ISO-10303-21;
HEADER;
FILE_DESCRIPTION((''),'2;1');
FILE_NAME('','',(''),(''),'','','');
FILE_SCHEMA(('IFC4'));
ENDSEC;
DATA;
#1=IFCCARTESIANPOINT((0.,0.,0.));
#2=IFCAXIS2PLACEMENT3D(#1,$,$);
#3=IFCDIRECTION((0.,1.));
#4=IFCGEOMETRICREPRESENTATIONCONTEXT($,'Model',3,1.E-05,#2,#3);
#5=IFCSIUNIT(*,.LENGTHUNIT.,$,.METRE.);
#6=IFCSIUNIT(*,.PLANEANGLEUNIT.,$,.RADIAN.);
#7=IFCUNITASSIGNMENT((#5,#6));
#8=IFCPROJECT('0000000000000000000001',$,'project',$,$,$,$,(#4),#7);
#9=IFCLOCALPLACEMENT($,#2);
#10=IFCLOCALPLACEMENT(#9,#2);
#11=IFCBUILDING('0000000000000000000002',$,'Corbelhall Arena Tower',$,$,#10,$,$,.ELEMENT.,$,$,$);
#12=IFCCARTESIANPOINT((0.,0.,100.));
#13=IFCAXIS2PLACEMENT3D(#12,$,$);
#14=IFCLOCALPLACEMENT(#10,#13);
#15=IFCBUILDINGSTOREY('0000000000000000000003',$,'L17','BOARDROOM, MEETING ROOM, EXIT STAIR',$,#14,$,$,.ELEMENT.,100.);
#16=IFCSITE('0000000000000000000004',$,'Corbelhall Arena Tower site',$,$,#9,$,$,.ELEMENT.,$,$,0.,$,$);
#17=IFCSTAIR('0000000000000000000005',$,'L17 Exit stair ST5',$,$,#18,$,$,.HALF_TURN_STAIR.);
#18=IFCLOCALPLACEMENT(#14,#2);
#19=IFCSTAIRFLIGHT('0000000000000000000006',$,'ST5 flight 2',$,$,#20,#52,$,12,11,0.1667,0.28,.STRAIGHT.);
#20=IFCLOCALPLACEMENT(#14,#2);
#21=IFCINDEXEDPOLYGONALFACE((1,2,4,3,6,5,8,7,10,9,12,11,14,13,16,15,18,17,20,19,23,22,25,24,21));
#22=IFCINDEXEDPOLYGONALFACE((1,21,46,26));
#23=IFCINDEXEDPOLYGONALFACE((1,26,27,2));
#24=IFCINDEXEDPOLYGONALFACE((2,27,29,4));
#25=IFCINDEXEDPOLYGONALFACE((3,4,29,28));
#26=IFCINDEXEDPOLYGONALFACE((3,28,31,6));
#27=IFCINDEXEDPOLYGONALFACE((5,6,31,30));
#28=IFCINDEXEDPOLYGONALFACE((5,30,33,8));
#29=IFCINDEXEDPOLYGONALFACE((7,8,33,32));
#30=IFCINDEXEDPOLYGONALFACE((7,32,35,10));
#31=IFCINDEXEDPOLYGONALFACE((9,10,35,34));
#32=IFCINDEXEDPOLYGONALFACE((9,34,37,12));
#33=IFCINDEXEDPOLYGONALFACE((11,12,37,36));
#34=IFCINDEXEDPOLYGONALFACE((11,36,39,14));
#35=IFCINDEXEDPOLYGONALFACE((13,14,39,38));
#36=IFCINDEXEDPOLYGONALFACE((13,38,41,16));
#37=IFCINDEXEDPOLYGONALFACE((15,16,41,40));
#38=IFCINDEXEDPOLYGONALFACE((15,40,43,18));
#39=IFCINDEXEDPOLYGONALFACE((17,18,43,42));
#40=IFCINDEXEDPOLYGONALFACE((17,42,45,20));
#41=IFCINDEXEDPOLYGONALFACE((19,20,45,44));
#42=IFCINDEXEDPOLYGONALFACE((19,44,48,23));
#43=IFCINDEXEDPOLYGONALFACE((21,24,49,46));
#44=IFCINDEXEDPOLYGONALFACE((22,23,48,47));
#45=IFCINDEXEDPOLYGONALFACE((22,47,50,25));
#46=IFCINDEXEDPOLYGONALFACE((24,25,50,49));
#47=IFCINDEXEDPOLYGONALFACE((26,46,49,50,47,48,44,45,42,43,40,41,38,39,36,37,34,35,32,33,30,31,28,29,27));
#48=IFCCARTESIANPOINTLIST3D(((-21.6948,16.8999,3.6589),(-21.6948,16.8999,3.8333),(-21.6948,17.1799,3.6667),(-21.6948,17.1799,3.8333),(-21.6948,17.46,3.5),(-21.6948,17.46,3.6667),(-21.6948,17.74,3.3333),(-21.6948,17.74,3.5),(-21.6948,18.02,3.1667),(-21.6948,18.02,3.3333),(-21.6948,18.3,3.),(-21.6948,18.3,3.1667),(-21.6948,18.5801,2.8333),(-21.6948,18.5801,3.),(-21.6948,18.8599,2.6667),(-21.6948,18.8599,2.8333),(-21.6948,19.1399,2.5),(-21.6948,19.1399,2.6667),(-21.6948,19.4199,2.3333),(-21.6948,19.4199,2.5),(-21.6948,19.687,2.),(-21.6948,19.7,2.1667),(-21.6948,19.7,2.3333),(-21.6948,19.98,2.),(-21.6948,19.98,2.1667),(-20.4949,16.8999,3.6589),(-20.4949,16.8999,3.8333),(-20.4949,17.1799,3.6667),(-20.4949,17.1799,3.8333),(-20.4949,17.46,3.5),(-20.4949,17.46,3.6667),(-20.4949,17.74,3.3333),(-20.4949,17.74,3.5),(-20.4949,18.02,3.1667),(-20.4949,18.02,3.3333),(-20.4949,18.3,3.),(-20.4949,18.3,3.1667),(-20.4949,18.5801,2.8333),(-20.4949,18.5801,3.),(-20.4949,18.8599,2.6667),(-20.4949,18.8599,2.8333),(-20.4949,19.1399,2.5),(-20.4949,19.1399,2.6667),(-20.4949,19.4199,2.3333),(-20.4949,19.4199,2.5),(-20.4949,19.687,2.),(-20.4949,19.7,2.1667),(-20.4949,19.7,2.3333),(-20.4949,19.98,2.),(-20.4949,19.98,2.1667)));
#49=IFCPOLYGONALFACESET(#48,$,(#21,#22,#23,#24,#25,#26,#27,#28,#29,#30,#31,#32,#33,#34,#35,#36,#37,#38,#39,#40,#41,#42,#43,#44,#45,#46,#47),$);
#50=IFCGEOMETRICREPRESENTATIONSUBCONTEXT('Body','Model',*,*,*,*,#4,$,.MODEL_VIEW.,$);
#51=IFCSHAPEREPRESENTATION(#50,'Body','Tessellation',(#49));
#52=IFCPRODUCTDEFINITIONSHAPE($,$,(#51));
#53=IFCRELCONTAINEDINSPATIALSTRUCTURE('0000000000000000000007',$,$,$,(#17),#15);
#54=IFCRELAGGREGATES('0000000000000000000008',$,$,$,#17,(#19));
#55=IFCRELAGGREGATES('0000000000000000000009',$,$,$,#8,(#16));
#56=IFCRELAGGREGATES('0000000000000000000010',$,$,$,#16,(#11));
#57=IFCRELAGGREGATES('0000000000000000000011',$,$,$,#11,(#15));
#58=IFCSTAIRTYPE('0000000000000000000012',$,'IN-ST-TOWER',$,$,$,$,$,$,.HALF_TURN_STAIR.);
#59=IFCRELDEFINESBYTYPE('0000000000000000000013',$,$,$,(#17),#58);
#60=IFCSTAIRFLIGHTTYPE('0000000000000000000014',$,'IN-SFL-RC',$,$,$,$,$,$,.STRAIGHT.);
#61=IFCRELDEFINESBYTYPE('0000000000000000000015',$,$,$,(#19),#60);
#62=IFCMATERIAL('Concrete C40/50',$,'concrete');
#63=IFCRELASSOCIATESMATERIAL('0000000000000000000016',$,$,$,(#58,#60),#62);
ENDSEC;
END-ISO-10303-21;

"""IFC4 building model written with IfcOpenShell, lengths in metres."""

from ifc_helpers import new_model, si_unit, direction, frame, origin, place, context, subcontext, project, spatial, polyline, outline, extrude, material, type_object, element, aggregate, save


model = new_model("IFC4")

# Units and contexts
model_context = context("Model", 3, precision=1e-05, world=origin(), true_north=direction((0.0, 1.0)))
body_context = subcontext(model_context, "Body", "Model", "MODEL_VIEW")
ifc_project = project(units=[si_unit("LENGTHUNIT", "METRE"), si_unit("PLANEANGLEUNIT", "RADIAN")], contexts=[model_context])

# Site, building, storey
site_placement = place(None, origin())
site = spatial("IfcSite", under=ifc_project, at=site_placement, Name="Corbelhall Arena Tower site", CompositionType="ELEMENT", RefElevation=0.0)
building_placement = place(site_placement, origin())
building = spatial("IfcBuilding", under=site, at=building_placement, Name="Corbelhall Arena Tower", CompositionType="ELEMENT")
storey_placement = place(building_placement, frame((0.0, 0.0, 100.0)))
storey = spatial("IfcBuildingStorey", under=building, at=storey_placement, Name="L17", Description="BOARDROOM, MEETING ROOM, EXIT STAIR", CompositionType="ELEMENT", Elevation=100.0)

# Shared definitions
ifc_material_1 = material(Name="Concrete C40/50", Category="concrete")

# Stair, stair flight
stair_type = type_object("IfcStairType", Name="IN-ST-TOWER", PredefinedType="HALF_TURN_STAIR", material=ifc_material_1)
stair_placement = place(storey_placement, origin())
stair = element("IfcStair", 1, at=stair_placement, inside=storey, type_object=stair_type, Name="L17 Exit stair ST5", PredefinedType="HALF_TURN_STAIR")
stair_flight_type = type_object("IfcStairFlightType", Name="IN-SFL-RC", PredefinedType="STRAIGHT", material=ifc_material_1)
stair_flight_placement = place(storey_placement, frame((-21.095, 19.98, 2.0), z_axis=(0.0, 0.0, 1.0), x_axis=(0.0, -1.0, 0.0)))
stair_flight = element("IfcStairFlight", 2, at=stair_flight_placement, type_object=stair_flight_type, Name="ST5 flight 2", NumberOfRisers=12, NumberOfTreads=11, PredefinedType="STRAIGHT", RiserHeight=0.1667, TreadLength=0.28, context=body_context, shape_type="SweptSolid", body=[
    extrude(outline(polyline([(0.0, 0.0), (0.0, 0.1667), (0.28, 0.1667), (0.28, 0.3333), (0.5601, 0.3333), (0.5601, 0.5), (0.8401, 0.5), (0.8401, 0.6667), (1.1201, 0.6667), (1.1201, 0.8333), (1.3999, 0.8333), (1.3999, 1.0), (1.6799, 1.0), (1.6799, 1.1667), (1.96, 1.1667), (1.96, 1.3333), (2.24, 1.3333), (2.24, 1.5), (2.52, 1.5), (2.52, 1.6667), (2.8, 1.6667), (2.8, 1.8333), (3.0801, 1.8333), (3.0801, 2.0), (3.0801, 1.6589), (0.293, 0.0), (0.0, 0.0)])), frame((0.0, 0.6001, 0.0), z_axis=(0.0, -1.0, 0.0), x_axis=(1.0, 0.0, 0.0)), (0.0, 0.0, 1.0), 1.2),
])
aggregate(stair, [stair_flight])

save(model, "model.ifc")
